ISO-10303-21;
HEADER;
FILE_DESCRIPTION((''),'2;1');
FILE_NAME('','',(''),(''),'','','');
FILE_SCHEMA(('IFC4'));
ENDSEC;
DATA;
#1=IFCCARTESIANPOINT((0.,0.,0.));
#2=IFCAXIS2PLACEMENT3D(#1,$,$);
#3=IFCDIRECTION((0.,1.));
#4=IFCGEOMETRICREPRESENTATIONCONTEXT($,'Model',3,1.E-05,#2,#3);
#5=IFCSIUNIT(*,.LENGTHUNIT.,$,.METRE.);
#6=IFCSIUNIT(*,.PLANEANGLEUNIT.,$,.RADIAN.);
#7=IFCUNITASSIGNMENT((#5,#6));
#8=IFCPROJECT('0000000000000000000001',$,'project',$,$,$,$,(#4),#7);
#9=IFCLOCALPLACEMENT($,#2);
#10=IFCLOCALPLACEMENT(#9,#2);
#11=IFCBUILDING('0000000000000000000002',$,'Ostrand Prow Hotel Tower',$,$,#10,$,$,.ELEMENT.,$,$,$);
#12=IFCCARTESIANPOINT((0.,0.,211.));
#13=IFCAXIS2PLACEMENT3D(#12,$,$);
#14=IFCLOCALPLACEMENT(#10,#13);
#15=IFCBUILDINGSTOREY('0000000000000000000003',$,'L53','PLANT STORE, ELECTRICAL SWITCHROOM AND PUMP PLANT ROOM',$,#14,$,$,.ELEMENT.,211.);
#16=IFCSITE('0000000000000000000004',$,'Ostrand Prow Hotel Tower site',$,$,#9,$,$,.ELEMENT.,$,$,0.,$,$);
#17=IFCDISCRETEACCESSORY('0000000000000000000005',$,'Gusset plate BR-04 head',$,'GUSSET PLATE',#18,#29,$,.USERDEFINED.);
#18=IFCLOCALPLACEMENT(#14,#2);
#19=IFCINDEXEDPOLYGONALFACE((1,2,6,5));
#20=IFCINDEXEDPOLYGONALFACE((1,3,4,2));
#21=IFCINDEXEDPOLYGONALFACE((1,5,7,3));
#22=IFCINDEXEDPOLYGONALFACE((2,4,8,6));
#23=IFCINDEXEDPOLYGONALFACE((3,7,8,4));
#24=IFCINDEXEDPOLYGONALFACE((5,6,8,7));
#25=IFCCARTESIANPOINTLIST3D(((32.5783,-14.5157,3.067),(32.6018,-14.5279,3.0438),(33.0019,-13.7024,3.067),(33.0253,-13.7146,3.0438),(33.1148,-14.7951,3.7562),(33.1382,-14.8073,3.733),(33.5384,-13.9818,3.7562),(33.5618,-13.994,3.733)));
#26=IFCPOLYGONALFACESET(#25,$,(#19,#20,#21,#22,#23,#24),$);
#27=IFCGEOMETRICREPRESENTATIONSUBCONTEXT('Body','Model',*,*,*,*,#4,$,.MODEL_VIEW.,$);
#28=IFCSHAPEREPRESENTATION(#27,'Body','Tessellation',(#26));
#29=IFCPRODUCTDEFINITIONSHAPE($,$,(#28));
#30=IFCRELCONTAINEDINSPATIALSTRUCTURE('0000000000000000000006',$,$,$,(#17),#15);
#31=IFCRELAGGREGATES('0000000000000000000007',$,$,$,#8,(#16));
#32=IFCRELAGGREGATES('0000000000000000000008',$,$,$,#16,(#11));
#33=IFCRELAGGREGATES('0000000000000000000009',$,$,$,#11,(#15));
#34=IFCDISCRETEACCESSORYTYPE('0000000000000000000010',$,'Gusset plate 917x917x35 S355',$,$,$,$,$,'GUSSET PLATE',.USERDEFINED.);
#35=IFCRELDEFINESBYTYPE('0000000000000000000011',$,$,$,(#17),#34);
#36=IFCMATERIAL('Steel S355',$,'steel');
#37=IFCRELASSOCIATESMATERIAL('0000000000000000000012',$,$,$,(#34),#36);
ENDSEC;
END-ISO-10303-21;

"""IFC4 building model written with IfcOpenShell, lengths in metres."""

from ifc_helpers import new_model, si_unit, direction, frame, origin, origin_2d, place, context, subcontext, project, spatial, rectangle, extrude, material, material_profile, profile_set, type_object, element, save


model = new_model("IFC4")

# Units and contexts
model_context = context("Model", 3, precision=1e-05, world=origin(), true_north=direction((0.0, 1.0)))
body_context = subcontext(model_context, "Body", "Model", "MODEL_VIEW")
ifc_project = project(units=[si_unit("LENGTHUNIT", "METRE"), si_unit("PLANEANGLEUNIT", "RADIAN")], contexts=[model_context])

# Site, building, storey
site_placement = place(None, origin())
site = spatial("IfcSite", under=ifc_project, at=site_placement, Name="Ostrand Prow Hotel Tower site", CompositionType="ELEMENT", RefElevation=0.0)
building_placement = place(site_placement, origin())
building = spatial("IfcBuilding", under=site, at=building_placement, Name="Ostrand Prow Hotel Tower", CompositionType="ELEMENT")
storey_placement = place(building_placement, frame((0.0, 0.0, 211.0)))
storey = spatial("IfcBuildingStorey", under=building, at=storey_placement, Name="L53", Description="PLANT STORE, ELECTRICAL SWITCHROOM AND PUMP PLANT ROOM", CompositionType="ELEMENT", Elevation=211.0)

# Discrete accessory
ifc_material_1 = material(Name="Steel S355", Category="steel")
ifc_material_profile_1 = material_profile(ifc_material_1, rectangle(XDim=0.917, YDim=0.917, at=origin_2d()), Name="PL 917x917x35")
ifc_profile_set_1 = profile_set([ifc_material_profile_1], Name="Steel S355")
discrete_accessory_type = type_object("IfcDiscreteAccessoryType", Name="Gusset plate 917x917x35 S355", ElementType="GUSSET PLATE", PredefinedType="USERDEFINED", material=ifc_profile_set_1)
discrete_accessory_1_placement = place(storey_placement, frame((33.0818, -14.261, 3.3884), z_axis=(-0.666586, 0.34718, 0.659643), x_axis=(-0.461934, -0.886914, 0.0)))
element("IfcDiscreteAccessory", 1, at=discrete_accessory_1_placement, inside=storey, type_object=discrete_accessory_type, Name="Gusset plate BR-04 head", ObjectType="GUSSET PLATE", PredefinedType="USERDEFINED", context=body_context, shape_type="SweptSolid", body=[
    extrude(rectangle(XDim=0.917, YDim=0.917, at=origin_2d()), origin(), (0.0, 0.0, 1.0), 0.0352),
])

save(model, "model.ifc")
